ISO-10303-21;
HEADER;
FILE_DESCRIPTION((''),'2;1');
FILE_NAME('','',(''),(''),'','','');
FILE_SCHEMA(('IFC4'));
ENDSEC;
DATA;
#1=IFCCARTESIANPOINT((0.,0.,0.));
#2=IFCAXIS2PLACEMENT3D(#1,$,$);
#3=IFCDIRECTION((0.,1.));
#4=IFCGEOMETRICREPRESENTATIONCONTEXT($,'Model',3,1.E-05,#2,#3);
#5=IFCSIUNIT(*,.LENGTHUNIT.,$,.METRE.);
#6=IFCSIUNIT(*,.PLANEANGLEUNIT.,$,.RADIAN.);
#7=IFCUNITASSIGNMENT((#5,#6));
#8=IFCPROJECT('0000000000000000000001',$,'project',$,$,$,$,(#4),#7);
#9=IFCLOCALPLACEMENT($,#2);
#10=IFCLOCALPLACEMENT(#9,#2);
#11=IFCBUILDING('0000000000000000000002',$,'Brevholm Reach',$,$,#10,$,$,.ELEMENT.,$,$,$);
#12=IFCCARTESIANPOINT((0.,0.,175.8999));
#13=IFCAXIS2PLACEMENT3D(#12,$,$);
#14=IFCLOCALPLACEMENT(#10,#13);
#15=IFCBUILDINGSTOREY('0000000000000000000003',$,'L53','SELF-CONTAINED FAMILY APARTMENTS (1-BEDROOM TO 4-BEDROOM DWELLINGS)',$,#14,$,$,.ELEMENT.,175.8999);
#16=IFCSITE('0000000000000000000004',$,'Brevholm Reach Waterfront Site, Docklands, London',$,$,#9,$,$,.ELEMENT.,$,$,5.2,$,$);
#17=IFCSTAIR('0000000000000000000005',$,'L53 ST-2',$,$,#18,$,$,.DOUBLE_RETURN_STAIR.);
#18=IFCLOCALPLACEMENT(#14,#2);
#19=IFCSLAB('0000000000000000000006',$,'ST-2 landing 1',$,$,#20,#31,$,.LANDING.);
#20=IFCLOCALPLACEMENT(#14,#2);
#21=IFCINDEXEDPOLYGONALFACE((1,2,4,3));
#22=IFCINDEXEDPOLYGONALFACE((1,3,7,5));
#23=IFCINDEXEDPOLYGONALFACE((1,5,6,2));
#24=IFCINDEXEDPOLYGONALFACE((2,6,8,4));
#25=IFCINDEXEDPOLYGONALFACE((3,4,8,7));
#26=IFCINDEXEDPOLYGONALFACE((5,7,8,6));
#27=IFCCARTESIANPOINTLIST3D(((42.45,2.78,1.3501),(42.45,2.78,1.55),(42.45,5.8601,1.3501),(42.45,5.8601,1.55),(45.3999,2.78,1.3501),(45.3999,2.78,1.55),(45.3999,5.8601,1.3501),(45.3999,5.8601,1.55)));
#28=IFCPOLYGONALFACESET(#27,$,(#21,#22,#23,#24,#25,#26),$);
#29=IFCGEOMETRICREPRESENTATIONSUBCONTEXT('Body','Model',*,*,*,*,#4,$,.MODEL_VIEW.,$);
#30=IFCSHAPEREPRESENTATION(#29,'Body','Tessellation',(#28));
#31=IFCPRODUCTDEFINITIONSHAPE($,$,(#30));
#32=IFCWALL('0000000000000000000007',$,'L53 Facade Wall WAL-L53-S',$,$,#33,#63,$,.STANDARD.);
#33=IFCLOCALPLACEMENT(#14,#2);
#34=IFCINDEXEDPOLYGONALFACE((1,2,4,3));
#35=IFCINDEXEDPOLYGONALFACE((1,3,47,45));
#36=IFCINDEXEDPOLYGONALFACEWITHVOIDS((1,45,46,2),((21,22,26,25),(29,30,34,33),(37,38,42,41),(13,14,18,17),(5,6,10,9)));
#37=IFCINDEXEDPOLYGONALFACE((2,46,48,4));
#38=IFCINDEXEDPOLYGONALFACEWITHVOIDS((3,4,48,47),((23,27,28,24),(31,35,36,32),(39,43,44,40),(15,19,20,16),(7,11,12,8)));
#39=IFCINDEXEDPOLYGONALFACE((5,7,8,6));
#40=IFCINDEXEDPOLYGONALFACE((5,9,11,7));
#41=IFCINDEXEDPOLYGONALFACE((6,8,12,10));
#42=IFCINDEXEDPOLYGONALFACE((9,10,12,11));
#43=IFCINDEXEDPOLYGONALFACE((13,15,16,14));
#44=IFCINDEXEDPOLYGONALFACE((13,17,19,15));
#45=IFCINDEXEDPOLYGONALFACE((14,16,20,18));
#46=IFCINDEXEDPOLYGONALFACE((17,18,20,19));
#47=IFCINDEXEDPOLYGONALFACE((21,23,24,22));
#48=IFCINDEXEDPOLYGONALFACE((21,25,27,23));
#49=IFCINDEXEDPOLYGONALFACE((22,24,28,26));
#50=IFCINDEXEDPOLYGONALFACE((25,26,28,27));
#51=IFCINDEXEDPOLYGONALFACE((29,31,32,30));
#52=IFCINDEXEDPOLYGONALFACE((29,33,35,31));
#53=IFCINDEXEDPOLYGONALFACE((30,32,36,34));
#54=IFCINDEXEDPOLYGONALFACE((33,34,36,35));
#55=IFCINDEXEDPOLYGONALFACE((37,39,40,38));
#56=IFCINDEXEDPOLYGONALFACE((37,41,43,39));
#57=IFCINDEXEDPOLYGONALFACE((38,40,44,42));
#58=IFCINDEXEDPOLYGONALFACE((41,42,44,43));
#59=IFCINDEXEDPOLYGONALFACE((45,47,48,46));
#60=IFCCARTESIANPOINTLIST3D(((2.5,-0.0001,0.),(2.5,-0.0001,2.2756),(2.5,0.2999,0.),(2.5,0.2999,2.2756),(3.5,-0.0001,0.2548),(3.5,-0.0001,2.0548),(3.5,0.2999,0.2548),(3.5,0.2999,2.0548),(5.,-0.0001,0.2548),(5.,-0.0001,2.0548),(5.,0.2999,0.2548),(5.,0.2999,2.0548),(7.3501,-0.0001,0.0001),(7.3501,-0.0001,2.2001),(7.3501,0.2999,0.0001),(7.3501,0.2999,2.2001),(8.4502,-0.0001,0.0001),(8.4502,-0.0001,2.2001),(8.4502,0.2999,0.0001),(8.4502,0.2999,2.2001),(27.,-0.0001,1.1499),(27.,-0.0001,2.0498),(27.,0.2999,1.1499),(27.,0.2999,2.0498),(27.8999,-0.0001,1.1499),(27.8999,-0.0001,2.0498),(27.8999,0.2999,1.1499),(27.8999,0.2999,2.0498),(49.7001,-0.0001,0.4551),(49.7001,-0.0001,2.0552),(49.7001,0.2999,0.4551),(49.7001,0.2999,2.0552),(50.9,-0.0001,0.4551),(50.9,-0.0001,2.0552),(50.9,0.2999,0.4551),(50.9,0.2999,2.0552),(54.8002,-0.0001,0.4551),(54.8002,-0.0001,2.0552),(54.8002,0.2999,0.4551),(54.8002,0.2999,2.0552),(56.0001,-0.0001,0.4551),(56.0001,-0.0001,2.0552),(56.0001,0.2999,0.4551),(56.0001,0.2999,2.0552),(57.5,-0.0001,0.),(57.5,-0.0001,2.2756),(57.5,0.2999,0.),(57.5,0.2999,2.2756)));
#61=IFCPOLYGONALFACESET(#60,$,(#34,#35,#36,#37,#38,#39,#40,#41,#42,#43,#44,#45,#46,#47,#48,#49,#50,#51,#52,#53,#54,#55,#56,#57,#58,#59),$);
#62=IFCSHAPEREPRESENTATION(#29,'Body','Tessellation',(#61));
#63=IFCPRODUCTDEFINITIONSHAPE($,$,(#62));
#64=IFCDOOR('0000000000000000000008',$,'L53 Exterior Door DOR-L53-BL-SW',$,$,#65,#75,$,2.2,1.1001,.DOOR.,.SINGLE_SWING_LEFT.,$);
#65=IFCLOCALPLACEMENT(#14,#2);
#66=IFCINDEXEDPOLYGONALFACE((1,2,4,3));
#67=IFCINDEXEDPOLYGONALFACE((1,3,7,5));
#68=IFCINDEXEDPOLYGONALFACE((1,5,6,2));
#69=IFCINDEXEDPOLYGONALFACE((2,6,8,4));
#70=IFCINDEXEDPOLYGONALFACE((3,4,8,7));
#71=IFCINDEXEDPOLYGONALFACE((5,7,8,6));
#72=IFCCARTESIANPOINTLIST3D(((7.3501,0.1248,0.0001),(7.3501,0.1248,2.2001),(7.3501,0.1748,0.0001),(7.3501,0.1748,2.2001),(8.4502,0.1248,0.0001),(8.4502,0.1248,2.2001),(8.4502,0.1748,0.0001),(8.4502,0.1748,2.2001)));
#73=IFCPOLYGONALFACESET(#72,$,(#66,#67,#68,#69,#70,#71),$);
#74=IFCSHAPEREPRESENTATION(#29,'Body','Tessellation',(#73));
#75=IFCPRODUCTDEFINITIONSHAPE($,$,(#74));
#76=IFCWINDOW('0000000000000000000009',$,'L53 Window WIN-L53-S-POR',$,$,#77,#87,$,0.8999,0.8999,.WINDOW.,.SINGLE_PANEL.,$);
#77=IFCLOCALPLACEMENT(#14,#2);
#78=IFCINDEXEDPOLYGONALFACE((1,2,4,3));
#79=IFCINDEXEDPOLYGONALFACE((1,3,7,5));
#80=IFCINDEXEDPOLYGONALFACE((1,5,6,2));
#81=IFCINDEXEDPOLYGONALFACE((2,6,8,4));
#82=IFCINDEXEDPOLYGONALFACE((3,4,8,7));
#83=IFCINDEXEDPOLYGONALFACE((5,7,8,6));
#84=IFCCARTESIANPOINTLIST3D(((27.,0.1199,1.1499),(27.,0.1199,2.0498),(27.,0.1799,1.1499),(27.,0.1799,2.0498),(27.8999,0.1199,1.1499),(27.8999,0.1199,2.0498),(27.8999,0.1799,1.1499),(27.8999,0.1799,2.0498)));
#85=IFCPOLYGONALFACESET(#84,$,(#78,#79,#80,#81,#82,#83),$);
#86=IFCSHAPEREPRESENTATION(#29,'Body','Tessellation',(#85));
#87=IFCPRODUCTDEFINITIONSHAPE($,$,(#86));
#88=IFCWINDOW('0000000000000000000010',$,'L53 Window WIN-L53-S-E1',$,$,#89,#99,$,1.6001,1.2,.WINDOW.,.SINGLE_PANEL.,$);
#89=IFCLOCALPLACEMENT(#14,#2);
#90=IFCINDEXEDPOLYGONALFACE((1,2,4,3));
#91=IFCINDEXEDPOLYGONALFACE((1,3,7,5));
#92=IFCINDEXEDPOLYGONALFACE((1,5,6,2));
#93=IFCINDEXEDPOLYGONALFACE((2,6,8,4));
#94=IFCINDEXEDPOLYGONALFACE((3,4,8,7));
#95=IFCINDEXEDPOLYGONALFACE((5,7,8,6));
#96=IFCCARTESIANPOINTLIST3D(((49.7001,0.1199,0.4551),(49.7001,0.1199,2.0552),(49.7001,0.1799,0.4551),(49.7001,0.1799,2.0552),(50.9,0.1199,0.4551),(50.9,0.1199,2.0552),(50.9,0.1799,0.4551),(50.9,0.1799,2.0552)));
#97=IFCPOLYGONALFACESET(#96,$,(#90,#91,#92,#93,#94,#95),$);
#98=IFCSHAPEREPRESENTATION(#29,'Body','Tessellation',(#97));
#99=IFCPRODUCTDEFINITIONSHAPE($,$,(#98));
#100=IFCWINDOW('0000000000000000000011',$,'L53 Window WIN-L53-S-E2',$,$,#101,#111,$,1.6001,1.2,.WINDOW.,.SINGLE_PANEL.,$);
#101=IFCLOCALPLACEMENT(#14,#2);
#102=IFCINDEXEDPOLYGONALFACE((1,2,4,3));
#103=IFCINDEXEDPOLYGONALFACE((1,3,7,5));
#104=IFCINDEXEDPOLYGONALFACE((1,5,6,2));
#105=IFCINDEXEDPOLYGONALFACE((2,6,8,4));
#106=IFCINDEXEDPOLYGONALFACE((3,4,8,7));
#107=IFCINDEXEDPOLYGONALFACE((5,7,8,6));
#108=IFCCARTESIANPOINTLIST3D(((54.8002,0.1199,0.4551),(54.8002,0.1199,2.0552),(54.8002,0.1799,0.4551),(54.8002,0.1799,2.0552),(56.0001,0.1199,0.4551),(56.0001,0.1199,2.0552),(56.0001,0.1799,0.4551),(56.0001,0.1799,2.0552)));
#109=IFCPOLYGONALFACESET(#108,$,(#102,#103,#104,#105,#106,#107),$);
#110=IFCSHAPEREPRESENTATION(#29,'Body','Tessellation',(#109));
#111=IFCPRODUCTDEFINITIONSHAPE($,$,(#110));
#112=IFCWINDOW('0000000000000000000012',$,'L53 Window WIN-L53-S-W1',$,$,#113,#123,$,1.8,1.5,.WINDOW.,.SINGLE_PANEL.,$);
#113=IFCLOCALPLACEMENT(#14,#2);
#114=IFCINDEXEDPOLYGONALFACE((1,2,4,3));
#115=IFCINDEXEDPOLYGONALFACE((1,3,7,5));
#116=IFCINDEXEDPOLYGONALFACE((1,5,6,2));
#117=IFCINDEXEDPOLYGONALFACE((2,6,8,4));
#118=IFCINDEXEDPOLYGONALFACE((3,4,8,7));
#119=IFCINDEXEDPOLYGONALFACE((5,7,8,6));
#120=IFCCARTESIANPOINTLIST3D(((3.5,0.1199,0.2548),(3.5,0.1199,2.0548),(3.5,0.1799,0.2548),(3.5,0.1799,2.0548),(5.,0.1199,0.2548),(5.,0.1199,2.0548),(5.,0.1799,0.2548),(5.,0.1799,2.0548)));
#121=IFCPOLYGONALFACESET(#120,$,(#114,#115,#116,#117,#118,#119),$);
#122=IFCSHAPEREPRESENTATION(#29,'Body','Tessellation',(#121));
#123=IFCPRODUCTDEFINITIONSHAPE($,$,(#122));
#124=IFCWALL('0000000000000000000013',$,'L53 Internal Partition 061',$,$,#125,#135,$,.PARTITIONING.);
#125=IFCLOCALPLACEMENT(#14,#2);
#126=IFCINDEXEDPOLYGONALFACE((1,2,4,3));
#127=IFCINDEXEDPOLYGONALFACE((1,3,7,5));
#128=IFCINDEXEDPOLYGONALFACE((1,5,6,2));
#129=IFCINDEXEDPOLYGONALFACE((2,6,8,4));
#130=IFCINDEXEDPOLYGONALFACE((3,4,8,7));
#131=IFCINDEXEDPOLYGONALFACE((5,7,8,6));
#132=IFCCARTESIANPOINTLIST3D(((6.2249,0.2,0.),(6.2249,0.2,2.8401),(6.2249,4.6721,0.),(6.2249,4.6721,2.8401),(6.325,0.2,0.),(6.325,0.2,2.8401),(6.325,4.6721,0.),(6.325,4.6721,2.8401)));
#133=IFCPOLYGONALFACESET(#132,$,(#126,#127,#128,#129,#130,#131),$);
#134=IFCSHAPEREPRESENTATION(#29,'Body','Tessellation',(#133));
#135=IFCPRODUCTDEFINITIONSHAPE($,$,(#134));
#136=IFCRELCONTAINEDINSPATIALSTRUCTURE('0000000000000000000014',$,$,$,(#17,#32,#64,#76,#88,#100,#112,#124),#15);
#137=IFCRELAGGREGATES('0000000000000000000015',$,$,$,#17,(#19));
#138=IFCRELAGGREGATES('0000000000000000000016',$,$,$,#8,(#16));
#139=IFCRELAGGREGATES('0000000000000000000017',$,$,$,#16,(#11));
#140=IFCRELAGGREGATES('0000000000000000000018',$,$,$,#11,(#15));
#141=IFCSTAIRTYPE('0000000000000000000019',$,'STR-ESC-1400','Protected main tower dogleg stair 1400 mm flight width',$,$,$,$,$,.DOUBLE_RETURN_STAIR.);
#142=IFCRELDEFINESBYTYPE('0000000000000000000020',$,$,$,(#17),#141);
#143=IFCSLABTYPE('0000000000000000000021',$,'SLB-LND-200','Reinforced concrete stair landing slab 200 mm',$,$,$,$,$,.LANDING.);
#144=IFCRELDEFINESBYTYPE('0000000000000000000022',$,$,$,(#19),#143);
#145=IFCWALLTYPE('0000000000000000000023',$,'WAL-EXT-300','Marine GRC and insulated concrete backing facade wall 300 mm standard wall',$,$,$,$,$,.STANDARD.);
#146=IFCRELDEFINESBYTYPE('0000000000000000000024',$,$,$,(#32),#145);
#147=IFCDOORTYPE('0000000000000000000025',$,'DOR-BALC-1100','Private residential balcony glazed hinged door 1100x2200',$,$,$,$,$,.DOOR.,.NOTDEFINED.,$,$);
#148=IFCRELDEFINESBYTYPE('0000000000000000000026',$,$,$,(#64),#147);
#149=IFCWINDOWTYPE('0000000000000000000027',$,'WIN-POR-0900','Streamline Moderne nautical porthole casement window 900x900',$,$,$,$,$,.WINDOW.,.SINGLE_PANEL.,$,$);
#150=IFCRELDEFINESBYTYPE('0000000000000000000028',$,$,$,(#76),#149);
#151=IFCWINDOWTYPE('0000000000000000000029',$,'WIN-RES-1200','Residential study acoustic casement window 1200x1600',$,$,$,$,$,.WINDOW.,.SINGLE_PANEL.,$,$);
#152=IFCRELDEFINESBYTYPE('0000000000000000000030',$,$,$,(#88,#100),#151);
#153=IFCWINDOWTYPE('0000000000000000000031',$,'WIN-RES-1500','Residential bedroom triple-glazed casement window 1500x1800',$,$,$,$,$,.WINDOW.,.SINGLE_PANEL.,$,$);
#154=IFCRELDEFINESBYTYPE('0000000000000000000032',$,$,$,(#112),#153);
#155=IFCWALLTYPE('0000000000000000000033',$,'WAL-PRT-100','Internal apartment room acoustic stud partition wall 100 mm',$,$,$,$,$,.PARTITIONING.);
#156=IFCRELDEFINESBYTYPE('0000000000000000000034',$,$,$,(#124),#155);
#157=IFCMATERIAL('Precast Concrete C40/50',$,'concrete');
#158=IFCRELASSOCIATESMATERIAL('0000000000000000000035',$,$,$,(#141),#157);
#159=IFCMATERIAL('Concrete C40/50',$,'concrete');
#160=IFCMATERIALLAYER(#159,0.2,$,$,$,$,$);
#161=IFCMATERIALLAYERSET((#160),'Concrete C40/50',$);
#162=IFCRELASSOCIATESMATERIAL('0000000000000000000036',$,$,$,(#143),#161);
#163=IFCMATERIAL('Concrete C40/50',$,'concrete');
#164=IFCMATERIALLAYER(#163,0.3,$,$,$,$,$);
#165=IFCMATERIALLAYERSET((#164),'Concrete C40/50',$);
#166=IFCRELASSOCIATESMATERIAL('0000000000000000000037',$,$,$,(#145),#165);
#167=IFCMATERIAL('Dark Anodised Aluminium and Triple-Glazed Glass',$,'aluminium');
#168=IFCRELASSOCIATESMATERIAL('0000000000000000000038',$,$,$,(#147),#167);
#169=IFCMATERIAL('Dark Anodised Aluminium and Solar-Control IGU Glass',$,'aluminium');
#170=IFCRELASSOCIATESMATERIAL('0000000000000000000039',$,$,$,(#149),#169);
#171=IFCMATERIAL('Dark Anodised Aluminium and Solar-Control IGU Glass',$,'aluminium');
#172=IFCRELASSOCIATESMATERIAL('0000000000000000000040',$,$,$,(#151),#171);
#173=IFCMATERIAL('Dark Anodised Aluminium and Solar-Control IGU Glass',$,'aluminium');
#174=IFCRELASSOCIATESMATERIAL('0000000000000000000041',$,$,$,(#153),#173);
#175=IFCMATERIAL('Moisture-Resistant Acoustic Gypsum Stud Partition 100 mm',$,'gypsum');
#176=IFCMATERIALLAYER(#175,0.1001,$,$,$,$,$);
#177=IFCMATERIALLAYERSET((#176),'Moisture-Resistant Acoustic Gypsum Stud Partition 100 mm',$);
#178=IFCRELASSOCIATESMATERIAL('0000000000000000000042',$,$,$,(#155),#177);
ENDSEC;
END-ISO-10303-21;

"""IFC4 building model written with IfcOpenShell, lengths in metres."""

from ifc_helpers import new_model, si_unit, direction, frame, frame_2d, origin, place, context, subcontext, project, spatial, polyline, rectangle, outline, extrude, material, layer, layer_set, type_object, element, fill, aggregate, save


model = new_model("IFC4")

# Units and contexts
model_context = context("Model", 3, precision=1e-05, world=origin(), true_north=direction((0.0, 1.0)))
body_context = subcontext(model_context, "Body", "Model", "MODEL_VIEW")
ifc_project = project(units=[si_unit("LENGTHUNIT", "METRE"), si_unit("PLANEANGLEUNIT", "RADIAN")], contexts=[model_context])

# Site, building, storey
site_placement = place(None, origin())
site = spatial("IfcSite", under=ifc_project, at=site_placement, Name="Brevholm Reach Waterfront Site, Docklands, London", CompositionType="ELEMENT", RefElevation=5.2)
building_placement = place(site_placement, origin())
building = spatial("IfcBuilding", under=site, at=building_placement, Name="Brevholm Reach", CompositionType="ELEMENT")
storey_placement = place(building_placement, frame((0.0, 0.0, 175.8999)))
storey = spatial("IfcBuildingStorey", under=building, at=storey_placement, Name="L53", Description="SELF-CONTAINED FAMILY APARTMENTS (1-BEDROOM TO 4-BEDROOM DWELLINGS)", CompositionType="ELEMENT", Elevation=175.8999)

# Stair, slab
ifc_material_1 = material(Name="Precast Concrete C40/50", Category="concrete")
stair_type = type_object("IfcStairType", Name="STR-ESC-1400", Description="Protected main tower dogleg stair 1400 mm flight width", PredefinedType="DOUBLE_RETURN_STAIR", material=ifc_material_1)
ifc_material_2 = material(Name="Concrete C40/50", Category="concrete")
ifc_layer_1 = layer(ifc_material_2, 0.2)
ifc_layer_set_1 = layer_set([ifc_layer_1], Name="Concrete C40/50")
slab_type_1 = type_object("IfcSlabType", Name="SLB-LND-200", Description="Reinforced concrete stair landing slab 200 mm", PredefinedType="LANDING", material=ifc_layer_set_1)
stair_1_placement = place(storey_placement, origin())
stair_1 = element("IfcStair", 1, at=stair_1_placement, inside=storey, type_object=stair_type, Name="L53 ST-2", PredefinedType="DOUBLE_RETURN_STAIR")
slab_1_placement = place(storey_placement, frame((0.0, 0.0, 1.3501)))
slab_1 = element("IfcSlab", 2, at=slab_1_placement, type_object=slab_type_1, Name="ST-2 landing 1", PredefinedType="LANDING", context=body_context, shape_type="SweptSolid", body=[
    extrude(outline(polyline([(42.45, 5.8601), (42.45, 2.78), (45.3999, 2.78), (45.3999, 5.8601), (42.45, 5.8601)])), origin(), (0.0, 0.0, 1.0), 0.2),
])
aggregate(stair_1, [slab_1])

# Wall, openings, door, windows
ifc_material_3 = material(Name="Concrete C40/50", Category="concrete")
ifc_layer_2 = layer(ifc_material_3, 0.3)
ifc_layer_set_2 = layer_set([ifc_layer_2], Name="Concrete C40/50")
wall_type_1 = type_object("IfcWallType", Name="WAL-EXT-300", Description="Marine GRC and insulated concrete backing facade wall 300 mm standard wall", PredefinedType="STANDARD", material=ifc_layer_set_2)
wall_1_placement = place(storey_placement, frame((2.5, 0.1499, 0.0), z_axis=(0.0, 0.0, 1.0), x_axis=(1.0, 0.0, 0.0)))
wall_1 = element("IfcWall", 3, at=wall_1_placement, inside=storey, type_object=wall_type_1, Name="L53 Facade Wall WAL-L53-S", PredefinedType="STANDARD", context=body_context, shape_type="SweptSolid", body=[
    extrude(rectangle(XDim=55.0, YDim=0.3, at=frame_2d((27.5, 0.0))), origin(), (0.0, 0.0, 1.0), 2.2756),
])
opening_1_placement = place(wall_1_placement, frame((4.8501, 0.0, 0.0)))
opening_1 = element("IfcOpeningElement", 4, at=opening_1_placement, cuts=wall_1, PredefinedType="OPENING", context=body_context, shape_type="SweptSolid", body=[
    extrude(rectangle(XDim=1.1001, YDim=2.2, at=frame_2d((0.55, 1.1001))), frame((0.0, 0.1599, 0.0), z_axis=(0.0, -1.0, 0.0), x_axis=(1.0, 0.0, 0.0)), (0.0, 0.0, 1.0), 0.3201),
])
opening_2_placement = place(wall_1_placement, frame((1.0, 0.0, 0.2549)))
opening_2 = element("IfcOpeningElement", 5, at=opening_2_placement, cuts=wall_1, PredefinedType="OPENING", context=body_context, shape_type="SweptSolid", body=[
    extrude(rectangle(XDim=1.5, YDim=1.8, at=frame_2d((0.75, 0.8999))), frame((0.0, 0.1599, 0.0), z_axis=(0.0, -1.0, 0.0), x_axis=(1.0, 0.0, 0.0)), (0.0, 0.0, 1.0), 0.3201),
])
opening_3_placement = place(wall_1_placement, frame((24.5, 0.0, 1.1499)))
opening_3 = element("IfcOpeningElement", 6, at=opening_3_placement, cuts=wall_1, PredefinedType="OPENING", context=body_context, shape_type="SweptSolid", body=[
    extrude(rectangle(XDim=0.8999, YDim=0.8999, at=frame_2d((0.45, 0.45))), frame((0.0, 0.1599, 0.0), z_axis=(0.0, -1.0, 0.0), x_axis=(1.0, 0.0, 0.0)), (0.0, 0.0, 1.0), 0.3201),
])
opening_4_placement = place(wall_1_placement, frame((47.2, 0.0, 0.4551)))
opening_4 = element("IfcOpeningElement", 7, at=opening_4_placement, cuts=wall_1, PredefinedType="OPENING", context=body_context, shape_type="SweptSolid", body=[
    extrude(rectangle(XDim=1.2, YDim=1.6001, at=frame_2d((0.6001, 0.8))), frame((0.0, 0.1599, 0.0), z_axis=(0.0, -1.0, 0.0), x_axis=(1.0, 0.0, 0.0)), (0.0, 0.0, 1.0), 0.3201),
])
opening_5_placement = place(wall_1_placement, frame((52.3, 0.0, 0.4551)))
opening_5 = element("IfcOpeningElement", 8, at=opening_5_placement, cuts=wall_1, PredefinedType="OPENING", context=body_context, shape_type="SweptSolid", body=[
    extrude(rectangle(XDim=1.2, YDim=1.6001, at=frame_2d((0.6001, 0.8))), frame((0.0, 0.1599, 0.0), z_axis=(0.0, -1.0, 0.0), x_axis=(1.0, 0.0, 0.0)), (0.0, 0.0, 1.0), 0.3201),
])
ifc_material_4 = material(Name="Dark Anodised Aluminium and Triple-Glazed Glass", Category="aluminium")
door_type_1 = type_object("IfcDoorType", Name="DOR-BALC-1100", Description="Private residential balcony glazed hinged door 1100x2200", OperationType="NOTDEFINED", PredefinedType="DOOR", material=ifc_material_4)
door_1_placement = place(opening_1_placement, origin())
door_1 = element("IfcDoor", 9, at=door_1_placement, inside=storey, type_object=door_type_1, Name="L53 Exterior Door DOR-L53-BL-SW", OperationType="SINGLE_SWING_LEFT", OverallHeight=2.2, OverallWidth=1.1001, PredefinedType="DOOR", context=body_context, shape_type="SweptSolid", body=[
    extrude(rectangle(XDim=1.1001, YDim=2.2, at=frame_2d((0.55, 1.1001))), frame((0.0, 0.0249, 0.0), z_axis=(0.0, -1.0, 0.0), x_axis=(1.0, 0.0, 0.0)), (0.0, 0.0, 1.0), 0.05),
])
fill(opening_1, door_1)
ifc_material_5 = material(Name="Dark Anodised Aluminium and Solar-Control IGU Glass", Category="aluminium")
window_type_1 = type_object("IfcWindowType", Name="WIN-POR-0900", Description="Streamline Moderne nautical porthole casement window 900x900", PartitioningType="SINGLE_PANEL", PredefinedType="WINDOW", material=ifc_material_5)
window_1_placement = place(opening_3_placement, origin())
window_1 = element("IfcWindow", 10, at=window_1_placement, inside=storey, type_object=window_type_1, Name="L53 Window WIN-L53-S-POR", OverallHeight=0.8999, OverallWidth=0.8999, PartitioningType="SINGLE_PANEL", PredefinedType="WINDOW", context=body_context, shape_type="SweptSolid", body=[
    extrude(rectangle(XDim=0.8999, YDim=0.8999, at=frame_2d((0.45, 0.45))), frame((0.0, 0.03, 0.0), z_axis=(0.0, -1.0, 0.0), x_axis=(1.0, 0.0, 0.0)), (0.0, 0.0, 1.0), 0.0601),
])
fill(opening_3, window_1)
ifc_material_6 = material(Name="Dark Anodised Aluminium and Solar-Control IGU Glass", Category="aluminium")
window_type_2 = type_object("IfcWindowType", Name="WIN-RES-1200", Description="Residential study acoustic casement window 1200x1600", PartitioningType="SINGLE_PANEL", PredefinedType="WINDOW", material=ifc_material_6)
window_2_placement = place(opening_4_placement, origin())
window_2 = element("IfcWindow", 11, at=window_2_placement, inside=storey, type_object=window_type_2, Name="L53 Window WIN-L53-S-E1", OverallHeight=1.6001, OverallWidth=1.2, PartitioningType="SINGLE_PANEL", PredefinedType="WINDOW", context=body_context, shape_type="SweptSolid", body=[
    extrude(rectangle(XDim=1.2, YDim=1.6001, at=frame_2d((0.6001, 0.8))), frame((0.0, 0.03, 0.0), z_axis=(0.0, -1.0, 0.0), x_axis=(1.0, 0.0, 0.0)), (0.0, 0.0, 1.0), 0.0601),
])
fill(opening_4, window_2)
window_3_placement = place(opening_5_placement, origin())
window_3 = element("IfcWindow", 12, at=window_3_placement, inside=storey, type_object=window_type_2, Name="L53 Window WIN-L53-S-E2", OverallHeight=1.6001, OverallWidth=1.2, PartitioningType="SINGLE_PANEL", PredefinedType="WINDOW", context=body_context, shape_type="SweptSolid", body=[
    extrude(rectangle(XDim=1.2, YDim=1.6001, at=frame_2d((0.6001, 0.8))), frame((0.0, 0.03, 0.0), z_axis=(0.0, -1.0, 0.0), x_axis=(1.0, 0.0, 0.0)), (0.0, 0.0, 1.0), 0.0601),
])
fill(opening_5, window_3)
ifc_material_7 = material(Name="Dark Anodised Aluminium and Solar-Control IGU Glass", Category="aluminium")
window_type_3 = type_object("IfcWindowType", Name="WIN-RES-1500", Description="Residential bedroom triple-glazed casement window 1500x1800", PartitioningType="SINGLE_PANEL", PredefinedType="WINDOW", material=ifc_material_7)
window_4_placement = place(opening_2_placement, origin())
window_4 = element("IfcWindow", 13, at=window_4_placement, inside=storey, type_object=window_type_3, Name="L53 Window WIN-L53-S-W1", OverallHeight=1.8, OverallWidth=1.5, PartitioningType="SINGLE_PANEL", PredefinedType="WINDOW", context=body_context, shape_type="SweptSolid", body=[
    extrude(rectangle(XDim=1.5, YDim=1.8, at=frame_2d((0.75, 0.8999))), frame((0.0, 0.03, 0.0), z_axis=(0.0, -1.0, 0.0), x_axis=(1.0, 0.0, 0.0)), (0.0, 0.0, 1.0), 0.0601),
])
fill(opening_2, window_4)

# Wall
ifc_material_8 = material(Name="Moisture-Resistant Acoustic Gypsum Stud Partition 100 mm", Category="gypsum")
ifc_layer_3 = layer(ifc_material_8, 0.1001)
ifc_layer_set_3 = layer_set([ifc_layer_3], Name="Moisture-Resistant Acoustic Gypsum Stud Partition 100 mm")
wall_type_2 = type_object("IfcWallType", Name="WAL-PRT-100", Description="Internal apartment room acoustic stud partition wall 100 mm", PredefinedType="PARTITIONING", material=ifc_layer_set_3)
wall_2_placement = place(storey_placement, frame((6.2749, 0.2, 0.0), z_axis=(0.0, 0.0, 1.0), x_axis=(0.0, 1.0, 0.0)))
element("IfcWall", 14, at=wall_2_placement, inside=storey, type_object=wall_type_2, Name="L53 Internal Partition 061", PredefinedType="PARTITIONING", context=body_context, shape_type="SweptSolid", body=[
    extrude(rectangle(XDim=4.4722, YDim=0.1001, at=frame_2d((2.2361, 0.0))), origin(), (0.0, 0.0, 1.0), 2.8401),
])

save(model, "model.ifc")
